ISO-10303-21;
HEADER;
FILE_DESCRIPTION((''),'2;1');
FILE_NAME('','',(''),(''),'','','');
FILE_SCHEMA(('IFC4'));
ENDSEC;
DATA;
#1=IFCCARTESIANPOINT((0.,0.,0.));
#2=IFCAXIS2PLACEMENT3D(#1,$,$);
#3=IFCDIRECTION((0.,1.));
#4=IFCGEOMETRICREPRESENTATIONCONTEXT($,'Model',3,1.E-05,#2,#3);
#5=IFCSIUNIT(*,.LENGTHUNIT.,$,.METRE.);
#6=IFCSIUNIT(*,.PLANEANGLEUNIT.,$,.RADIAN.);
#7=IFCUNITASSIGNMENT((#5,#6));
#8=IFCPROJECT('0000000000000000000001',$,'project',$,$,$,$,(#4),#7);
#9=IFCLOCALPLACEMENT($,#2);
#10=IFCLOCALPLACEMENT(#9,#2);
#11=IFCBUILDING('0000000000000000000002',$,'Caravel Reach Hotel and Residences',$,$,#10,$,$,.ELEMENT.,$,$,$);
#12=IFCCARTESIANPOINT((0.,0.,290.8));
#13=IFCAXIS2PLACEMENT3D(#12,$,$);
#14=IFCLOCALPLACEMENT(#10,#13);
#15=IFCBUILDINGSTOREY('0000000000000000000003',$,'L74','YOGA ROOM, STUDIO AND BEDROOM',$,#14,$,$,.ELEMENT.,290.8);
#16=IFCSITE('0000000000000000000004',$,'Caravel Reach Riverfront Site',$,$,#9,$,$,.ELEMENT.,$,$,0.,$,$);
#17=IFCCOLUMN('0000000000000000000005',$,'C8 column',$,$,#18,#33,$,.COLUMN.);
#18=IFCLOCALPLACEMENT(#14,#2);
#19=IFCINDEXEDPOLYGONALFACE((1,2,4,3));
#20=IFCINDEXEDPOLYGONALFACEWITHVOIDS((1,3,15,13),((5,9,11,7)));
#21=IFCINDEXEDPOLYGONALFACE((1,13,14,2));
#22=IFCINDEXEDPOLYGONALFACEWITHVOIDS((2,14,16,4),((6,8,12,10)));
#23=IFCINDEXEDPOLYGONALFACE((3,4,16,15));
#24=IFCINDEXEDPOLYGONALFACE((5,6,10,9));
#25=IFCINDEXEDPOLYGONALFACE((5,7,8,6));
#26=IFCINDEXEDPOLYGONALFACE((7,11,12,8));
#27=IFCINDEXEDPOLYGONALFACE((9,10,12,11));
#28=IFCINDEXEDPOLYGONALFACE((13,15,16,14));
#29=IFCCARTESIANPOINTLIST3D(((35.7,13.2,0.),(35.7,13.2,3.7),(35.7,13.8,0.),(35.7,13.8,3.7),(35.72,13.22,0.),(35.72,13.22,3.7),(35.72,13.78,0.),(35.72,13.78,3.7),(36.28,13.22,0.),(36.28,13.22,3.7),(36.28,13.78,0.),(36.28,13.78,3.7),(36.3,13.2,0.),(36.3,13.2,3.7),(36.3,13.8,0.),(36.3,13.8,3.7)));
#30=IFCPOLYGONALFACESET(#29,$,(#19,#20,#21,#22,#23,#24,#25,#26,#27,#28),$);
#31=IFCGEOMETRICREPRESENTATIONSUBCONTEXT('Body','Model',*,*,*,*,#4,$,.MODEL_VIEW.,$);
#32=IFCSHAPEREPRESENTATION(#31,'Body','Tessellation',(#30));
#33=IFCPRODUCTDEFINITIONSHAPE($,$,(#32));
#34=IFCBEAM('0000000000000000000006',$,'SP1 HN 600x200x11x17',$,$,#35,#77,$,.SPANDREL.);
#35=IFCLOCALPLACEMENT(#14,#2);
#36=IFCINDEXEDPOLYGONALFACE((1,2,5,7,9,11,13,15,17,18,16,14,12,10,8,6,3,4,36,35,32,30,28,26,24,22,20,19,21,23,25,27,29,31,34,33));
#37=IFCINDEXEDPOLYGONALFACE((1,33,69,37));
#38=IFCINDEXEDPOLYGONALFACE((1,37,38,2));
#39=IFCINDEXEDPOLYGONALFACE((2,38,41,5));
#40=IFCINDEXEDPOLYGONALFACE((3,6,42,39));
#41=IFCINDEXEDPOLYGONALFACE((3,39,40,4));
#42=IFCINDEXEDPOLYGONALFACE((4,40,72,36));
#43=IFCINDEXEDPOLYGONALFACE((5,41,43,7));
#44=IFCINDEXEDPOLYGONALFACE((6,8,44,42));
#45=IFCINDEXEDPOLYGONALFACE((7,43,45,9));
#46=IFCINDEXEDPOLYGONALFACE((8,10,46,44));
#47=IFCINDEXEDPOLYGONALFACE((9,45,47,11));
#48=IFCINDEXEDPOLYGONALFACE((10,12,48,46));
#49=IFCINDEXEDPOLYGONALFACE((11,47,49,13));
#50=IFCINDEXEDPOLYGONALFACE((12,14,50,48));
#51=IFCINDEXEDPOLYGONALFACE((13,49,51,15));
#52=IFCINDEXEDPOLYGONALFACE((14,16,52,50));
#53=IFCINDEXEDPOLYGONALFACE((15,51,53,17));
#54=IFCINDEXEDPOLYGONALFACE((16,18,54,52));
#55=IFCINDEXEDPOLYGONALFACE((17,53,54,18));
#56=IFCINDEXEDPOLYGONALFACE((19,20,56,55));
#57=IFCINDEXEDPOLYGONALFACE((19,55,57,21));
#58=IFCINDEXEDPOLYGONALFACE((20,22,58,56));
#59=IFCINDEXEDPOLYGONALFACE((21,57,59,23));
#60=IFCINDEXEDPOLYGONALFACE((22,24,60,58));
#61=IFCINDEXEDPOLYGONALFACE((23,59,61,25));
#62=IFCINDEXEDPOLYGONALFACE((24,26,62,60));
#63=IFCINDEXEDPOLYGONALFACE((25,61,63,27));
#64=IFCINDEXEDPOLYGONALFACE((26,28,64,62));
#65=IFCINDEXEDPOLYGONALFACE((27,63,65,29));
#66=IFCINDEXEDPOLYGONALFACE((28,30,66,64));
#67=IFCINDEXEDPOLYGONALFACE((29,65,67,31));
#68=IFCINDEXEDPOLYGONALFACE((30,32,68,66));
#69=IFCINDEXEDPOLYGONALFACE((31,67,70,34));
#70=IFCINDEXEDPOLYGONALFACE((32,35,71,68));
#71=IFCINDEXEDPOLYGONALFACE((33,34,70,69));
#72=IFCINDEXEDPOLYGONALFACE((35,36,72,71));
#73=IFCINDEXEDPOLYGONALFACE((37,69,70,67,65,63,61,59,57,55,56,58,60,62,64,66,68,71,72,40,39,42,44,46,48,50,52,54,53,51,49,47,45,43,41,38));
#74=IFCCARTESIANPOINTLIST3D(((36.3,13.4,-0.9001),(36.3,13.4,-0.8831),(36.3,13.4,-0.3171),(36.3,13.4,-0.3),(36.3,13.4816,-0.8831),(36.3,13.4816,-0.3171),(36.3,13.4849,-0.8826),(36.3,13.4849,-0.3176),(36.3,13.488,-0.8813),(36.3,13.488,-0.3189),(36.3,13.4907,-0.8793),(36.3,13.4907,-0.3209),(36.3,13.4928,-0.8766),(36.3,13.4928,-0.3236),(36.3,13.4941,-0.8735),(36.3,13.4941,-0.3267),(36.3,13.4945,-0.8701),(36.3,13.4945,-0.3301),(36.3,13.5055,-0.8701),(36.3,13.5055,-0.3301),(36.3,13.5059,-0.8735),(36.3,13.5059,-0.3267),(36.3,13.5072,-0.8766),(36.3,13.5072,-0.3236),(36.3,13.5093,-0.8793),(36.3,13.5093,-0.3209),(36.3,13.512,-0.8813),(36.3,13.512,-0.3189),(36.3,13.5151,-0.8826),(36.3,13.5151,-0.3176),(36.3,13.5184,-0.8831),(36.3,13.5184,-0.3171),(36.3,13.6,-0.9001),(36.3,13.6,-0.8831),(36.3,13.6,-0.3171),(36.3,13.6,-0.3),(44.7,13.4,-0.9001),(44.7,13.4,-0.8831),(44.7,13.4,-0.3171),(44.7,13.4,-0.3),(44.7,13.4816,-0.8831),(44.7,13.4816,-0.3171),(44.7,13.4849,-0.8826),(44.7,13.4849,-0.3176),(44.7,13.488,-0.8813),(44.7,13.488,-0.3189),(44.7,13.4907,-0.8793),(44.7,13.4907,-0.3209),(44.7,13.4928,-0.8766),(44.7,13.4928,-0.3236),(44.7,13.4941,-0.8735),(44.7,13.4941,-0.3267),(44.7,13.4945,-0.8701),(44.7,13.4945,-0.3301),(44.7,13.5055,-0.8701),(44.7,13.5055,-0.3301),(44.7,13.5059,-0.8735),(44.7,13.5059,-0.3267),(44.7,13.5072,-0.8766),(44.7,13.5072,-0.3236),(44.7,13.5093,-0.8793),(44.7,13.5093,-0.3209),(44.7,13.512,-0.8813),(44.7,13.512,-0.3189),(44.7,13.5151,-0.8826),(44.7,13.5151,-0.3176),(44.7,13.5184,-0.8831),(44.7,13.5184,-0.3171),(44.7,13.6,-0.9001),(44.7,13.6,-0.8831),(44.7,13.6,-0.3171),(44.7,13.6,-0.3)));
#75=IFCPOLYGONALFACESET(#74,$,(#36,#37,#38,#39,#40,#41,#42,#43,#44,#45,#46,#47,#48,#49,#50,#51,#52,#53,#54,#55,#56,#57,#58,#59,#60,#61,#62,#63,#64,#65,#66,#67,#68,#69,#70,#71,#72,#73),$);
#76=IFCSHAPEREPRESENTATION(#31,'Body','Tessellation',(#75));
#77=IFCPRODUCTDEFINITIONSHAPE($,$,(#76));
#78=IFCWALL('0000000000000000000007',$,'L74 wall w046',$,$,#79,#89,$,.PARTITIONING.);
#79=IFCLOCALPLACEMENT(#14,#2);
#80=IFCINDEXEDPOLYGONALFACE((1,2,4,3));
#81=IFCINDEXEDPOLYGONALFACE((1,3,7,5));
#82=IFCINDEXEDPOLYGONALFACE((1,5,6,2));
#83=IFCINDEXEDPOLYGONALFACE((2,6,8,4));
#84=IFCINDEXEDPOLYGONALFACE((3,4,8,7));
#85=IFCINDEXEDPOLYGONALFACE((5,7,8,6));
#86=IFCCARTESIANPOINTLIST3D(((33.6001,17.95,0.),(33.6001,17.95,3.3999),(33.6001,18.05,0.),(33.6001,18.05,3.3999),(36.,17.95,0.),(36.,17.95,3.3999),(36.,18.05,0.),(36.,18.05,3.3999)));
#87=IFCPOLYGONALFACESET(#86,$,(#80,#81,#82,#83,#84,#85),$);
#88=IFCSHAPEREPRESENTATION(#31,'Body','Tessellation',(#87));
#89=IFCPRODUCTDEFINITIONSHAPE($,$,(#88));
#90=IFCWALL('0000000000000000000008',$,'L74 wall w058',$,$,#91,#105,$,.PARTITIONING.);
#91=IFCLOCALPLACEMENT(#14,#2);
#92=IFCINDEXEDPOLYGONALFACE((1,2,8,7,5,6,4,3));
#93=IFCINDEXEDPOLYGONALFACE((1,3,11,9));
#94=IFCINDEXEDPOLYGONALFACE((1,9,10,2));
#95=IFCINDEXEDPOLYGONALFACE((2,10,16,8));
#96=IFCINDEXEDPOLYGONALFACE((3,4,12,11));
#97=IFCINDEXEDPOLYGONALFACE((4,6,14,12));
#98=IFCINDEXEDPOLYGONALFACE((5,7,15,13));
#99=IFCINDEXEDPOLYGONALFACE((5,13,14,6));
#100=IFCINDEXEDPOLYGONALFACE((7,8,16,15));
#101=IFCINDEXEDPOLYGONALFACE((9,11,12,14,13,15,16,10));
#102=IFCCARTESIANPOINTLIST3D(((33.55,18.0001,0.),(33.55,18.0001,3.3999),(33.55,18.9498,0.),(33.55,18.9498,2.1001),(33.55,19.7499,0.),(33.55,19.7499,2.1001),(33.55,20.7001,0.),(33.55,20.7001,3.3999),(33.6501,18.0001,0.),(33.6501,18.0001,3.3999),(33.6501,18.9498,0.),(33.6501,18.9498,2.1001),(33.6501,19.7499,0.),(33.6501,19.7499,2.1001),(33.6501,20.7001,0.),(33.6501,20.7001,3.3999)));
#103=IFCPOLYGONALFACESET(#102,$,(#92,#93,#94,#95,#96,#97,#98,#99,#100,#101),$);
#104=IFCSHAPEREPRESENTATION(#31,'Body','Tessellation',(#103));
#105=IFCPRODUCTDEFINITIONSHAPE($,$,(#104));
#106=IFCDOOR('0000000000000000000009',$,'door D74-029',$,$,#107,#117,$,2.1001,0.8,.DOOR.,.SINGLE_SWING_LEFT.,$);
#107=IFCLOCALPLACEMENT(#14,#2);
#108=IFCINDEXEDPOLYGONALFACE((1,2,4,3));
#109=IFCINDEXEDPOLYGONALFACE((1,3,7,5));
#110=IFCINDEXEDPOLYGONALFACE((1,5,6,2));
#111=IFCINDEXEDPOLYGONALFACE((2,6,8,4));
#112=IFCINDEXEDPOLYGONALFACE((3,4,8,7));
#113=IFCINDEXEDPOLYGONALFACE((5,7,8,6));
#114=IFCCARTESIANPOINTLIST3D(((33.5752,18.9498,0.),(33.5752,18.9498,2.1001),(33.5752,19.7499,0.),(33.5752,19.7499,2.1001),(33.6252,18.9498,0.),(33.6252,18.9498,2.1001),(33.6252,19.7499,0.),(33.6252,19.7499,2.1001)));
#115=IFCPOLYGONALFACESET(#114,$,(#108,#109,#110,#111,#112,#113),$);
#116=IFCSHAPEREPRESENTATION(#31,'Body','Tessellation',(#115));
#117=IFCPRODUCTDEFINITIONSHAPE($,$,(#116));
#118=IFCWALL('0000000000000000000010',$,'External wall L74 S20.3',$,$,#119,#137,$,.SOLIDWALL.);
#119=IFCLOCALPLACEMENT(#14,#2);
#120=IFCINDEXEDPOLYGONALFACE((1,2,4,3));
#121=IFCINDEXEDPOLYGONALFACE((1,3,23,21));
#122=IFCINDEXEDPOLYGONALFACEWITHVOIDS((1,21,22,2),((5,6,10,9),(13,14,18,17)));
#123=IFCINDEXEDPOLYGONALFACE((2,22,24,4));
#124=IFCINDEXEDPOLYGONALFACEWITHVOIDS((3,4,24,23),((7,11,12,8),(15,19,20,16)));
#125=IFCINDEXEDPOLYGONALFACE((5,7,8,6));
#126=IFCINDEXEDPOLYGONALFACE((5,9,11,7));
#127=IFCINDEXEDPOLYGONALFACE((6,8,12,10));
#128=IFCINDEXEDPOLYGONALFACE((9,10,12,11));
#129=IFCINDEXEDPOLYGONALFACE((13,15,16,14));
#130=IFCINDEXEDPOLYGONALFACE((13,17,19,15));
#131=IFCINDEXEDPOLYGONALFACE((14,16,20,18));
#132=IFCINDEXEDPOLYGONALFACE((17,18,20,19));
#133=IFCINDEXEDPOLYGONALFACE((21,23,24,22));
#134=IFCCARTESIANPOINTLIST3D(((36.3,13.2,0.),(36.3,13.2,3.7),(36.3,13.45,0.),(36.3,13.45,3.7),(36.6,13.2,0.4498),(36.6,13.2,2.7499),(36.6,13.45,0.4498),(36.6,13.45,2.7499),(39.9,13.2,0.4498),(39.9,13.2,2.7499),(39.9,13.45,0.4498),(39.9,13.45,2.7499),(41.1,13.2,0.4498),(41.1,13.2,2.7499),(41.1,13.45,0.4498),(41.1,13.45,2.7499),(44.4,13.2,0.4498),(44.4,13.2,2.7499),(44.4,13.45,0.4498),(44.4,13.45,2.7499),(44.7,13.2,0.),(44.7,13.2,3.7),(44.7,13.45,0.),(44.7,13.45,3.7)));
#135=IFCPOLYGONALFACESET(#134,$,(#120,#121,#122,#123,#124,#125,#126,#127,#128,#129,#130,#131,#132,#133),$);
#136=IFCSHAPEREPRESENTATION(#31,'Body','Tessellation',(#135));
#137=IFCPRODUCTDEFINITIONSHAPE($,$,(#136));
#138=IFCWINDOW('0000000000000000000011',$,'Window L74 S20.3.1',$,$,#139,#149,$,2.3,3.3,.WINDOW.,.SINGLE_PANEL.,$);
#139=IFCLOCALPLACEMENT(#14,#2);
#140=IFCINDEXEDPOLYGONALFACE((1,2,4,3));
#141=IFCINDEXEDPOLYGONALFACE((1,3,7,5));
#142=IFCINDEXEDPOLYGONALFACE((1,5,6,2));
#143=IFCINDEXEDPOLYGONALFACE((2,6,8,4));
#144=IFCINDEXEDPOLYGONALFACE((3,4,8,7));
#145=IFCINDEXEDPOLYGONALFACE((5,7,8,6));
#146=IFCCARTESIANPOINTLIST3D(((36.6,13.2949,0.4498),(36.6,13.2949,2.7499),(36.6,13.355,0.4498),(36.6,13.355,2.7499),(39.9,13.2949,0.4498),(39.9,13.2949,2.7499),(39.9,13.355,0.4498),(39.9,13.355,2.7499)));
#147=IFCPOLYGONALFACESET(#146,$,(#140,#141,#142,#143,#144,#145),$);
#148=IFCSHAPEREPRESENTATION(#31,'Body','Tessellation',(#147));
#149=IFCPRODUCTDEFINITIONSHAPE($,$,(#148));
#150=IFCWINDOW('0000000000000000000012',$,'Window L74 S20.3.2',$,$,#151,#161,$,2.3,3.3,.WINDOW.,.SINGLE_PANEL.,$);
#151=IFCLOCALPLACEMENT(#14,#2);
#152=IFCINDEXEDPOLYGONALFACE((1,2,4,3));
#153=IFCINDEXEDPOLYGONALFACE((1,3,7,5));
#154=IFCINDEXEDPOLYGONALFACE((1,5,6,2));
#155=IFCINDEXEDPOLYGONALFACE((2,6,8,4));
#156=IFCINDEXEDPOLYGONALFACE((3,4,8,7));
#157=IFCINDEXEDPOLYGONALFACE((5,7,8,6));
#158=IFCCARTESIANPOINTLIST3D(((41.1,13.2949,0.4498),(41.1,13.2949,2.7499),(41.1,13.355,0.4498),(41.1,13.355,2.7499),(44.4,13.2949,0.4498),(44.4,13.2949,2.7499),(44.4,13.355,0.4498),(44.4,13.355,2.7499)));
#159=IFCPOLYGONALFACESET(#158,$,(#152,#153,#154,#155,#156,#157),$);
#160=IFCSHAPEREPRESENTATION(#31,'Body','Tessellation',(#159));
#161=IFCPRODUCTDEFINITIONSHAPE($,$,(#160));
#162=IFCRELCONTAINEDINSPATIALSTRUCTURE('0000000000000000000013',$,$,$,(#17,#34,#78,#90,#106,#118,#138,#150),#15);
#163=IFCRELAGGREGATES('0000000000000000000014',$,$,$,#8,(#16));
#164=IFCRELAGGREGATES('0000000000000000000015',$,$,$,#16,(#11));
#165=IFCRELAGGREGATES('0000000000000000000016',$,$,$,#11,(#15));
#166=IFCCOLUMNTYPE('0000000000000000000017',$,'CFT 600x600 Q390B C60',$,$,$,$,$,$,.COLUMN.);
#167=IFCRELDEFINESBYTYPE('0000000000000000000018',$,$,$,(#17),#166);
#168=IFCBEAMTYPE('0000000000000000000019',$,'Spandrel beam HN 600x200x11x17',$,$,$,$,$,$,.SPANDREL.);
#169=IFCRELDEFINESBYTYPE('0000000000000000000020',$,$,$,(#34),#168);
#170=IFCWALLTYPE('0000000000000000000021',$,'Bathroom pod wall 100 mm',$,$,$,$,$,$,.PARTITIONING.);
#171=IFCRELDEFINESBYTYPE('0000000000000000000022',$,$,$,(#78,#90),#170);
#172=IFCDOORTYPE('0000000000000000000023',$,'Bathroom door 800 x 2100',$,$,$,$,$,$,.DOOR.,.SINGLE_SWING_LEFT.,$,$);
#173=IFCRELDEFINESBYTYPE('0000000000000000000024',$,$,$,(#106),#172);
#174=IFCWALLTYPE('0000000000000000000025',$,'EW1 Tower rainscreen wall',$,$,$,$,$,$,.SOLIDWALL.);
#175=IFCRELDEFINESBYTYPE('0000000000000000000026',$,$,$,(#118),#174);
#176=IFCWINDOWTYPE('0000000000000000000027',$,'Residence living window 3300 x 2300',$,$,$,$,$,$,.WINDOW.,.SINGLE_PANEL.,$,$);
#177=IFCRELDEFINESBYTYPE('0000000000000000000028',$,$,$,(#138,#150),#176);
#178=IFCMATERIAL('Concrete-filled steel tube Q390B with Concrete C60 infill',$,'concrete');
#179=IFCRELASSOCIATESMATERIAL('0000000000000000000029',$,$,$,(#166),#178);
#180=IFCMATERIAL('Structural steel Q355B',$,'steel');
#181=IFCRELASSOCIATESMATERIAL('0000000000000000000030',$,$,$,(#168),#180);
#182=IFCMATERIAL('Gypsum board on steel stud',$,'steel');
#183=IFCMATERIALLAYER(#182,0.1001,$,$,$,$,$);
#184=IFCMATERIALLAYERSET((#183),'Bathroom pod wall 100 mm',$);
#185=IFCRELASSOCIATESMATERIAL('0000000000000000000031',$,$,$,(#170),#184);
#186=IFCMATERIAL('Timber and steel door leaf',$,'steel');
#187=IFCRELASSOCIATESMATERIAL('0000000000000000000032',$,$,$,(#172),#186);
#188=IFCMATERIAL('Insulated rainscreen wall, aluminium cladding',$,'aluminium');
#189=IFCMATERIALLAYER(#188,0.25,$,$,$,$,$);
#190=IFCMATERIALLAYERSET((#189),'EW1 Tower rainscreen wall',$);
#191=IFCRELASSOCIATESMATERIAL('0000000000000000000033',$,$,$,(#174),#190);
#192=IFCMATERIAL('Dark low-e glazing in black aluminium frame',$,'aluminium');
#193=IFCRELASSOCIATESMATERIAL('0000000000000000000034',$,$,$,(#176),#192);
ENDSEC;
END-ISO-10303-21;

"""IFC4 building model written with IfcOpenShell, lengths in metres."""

from ifc_helpers import new_model, si_unit, direction, frame, frame_2d, origin, origin_2d, place, context, subcontext, project, spatial, rectangle, hollow_rectangle, i_section, extrude, material, layer, layer_set, material_profile, profile_set, type_object, element, fill, save


model = new_model("IFC4")

# Units and contexts
model_context = context("Model", 3, precision=1e-05, world=origin(), true_north=direction((0.0, 1.0)))
body_context = subcontext(model_context, "Body", "Model", "MODEL_VIEW")
ifc_project = project(units=[si_unit("LENGTHUNIT", "METRE"), si_unit("PLANEANGLEUNIT", "RADIAN")], contexts=[model_context])

# Site, building, storey
site_placement = place(None, origin())
site = spatial("IfcSite", under=ifc_project, at=site_placement, Name="Caravel Reach Riverfront Site", CompositionType="ELEMENT", RefElevation=0.0)
building_placement = place(site_placement, origin())
building = spatial("IfcBuilding", under=site, at=building_placement, Name="Caravel Reach Hotel and Residences", CompositionType="ELEMENT")
storey_placement = place(building_placement, frame((0.0, 0.0, 290.8)))
storey = spatial("IfcBuildingStorey", under=building, at=storey_placement, Name="L74", Description="YOGA ROOM, STUDIO AND BEDROOM", CompositionType="ELEMENT", Elevation=290.8)

# Column
ifc_material_1 = material(Name="Concrete-filled steel tube Q390B with Concrete C60 infill", Category="concrete")
ifc_material_profile_1 = material_profile(ifc_material_1, hollow_rectangle(XDim=0.6001, YDim=0.6001, WallThickness=0.02, at=origin_2d()), Name="RHS 600x600x20")
ifc_profile_set_1 = profile_set([ifc_material_profile_1], Name="Concrete-filled steel tube Q390B with Concrete C60 infill")
column_type = type_object("IfcColumnType", Name="CFT 600x600 Q390B C60", PredefinedType="COLUMN", material=ifc_profile_set_1)
column_placement = place(storey_placement, frame((36.0, 13.5, 0.0), z_axis=(0.0, 0.0, 1.0), x_axis=(1.0, 0.0, 0.0)))
element("IfcColumn", 1, at=column_placement, inside=storey, type_object=column_type, Name="C8 column", PredefinedType="COLUMN", context=body_context, shape_type="SweptSolid", body=[
    extrude(hollow_rectangle(XDim=0.6001, YDim=0.6001, WallThickness=0.02, at=origin_2d()), origin(), (0.0, 0.0, 1.0), 3.7),
])

# Beam
ifc_material_2 = material(Name="Structural steel Q355B", Category="steel")
ifc_material_profile_2 = material_profile(ifc_material_2, i_section(OverallWidth=0.2, OverallDepth=0.6001, WebThickness=0.011, FlangeThickness=0.0171, FilletRadius=0.0129, at=origin_2d()), Name="HN 600x200x11x17")
ifc_profile_set_2 = profile_set([ifc_material_profile_2], Name="Structural steel Q355B")
beam_type = type_object("IfcBeamType", Name="Spandrel beam HN 600x200x11x17", PredefinedType="SPANDREL", material=ifc_profile_set_2)
beam_placement = place(storey_placement, frame((36.3, 13.5, -0.6001), z_axis=(1.0, 0.0, 0.0), x_axis=(0.0, 1.0, 0.0)))
element("IfcBeam", 2, at=beam_placement, inside=storey, type_object=beam_type, Name="SP1 HN 600x200x11x17", PredefinedType="SPANDREL", context=body_context, shape_type="SweptSolid", body=[
    extrude(i_section(OverallWidth=0.2, OverallDepth=0.6001, WebThickness=0.011, FlangeThickness=0.0171, FilletRadius=0.0129, at=origin_2d()), origin(), (0.0, 0.0, 1.0), 8.3999),
])

# Wall
ifc_material_3 = material(Name="Gypsum board on steel stud", Category="steel")
ifc_layer_1 = layer(ifc_material_3, 0.1001)
ifc_layer_set_1 = layer_set([ifc_layer_1], Name="Bathroom pod wall 100 mm")
wall_type_1 = type_object("IfcWallType", Name="Bathroom pod wall 100 mm", PredefinedType="PARTITIONING", material=ifc_layer_set_1)
wall_1_placement = place(storey_placement, frame((33.6001, 18.0, 0.0), z_axis=(0.0, 0.0, 1.0), x_axis=(1.0, 0.0, 0.0)))
element("IfcWall", 3, at=wall_1_placement, inside=storey, type_object=wall_type_1, Name="L74 wall w046", PredefinedType="PARTITIONING", context=body_context, shape_type="SweptSolid", body=[
    extrude(rectangle(XDim=2.3999, YDim=0.1001, at=frame_2d((1.2, 0.0))), origin(), (0.0, 0.0, 1.0), 3.3999),
])

# Wall, opening, door
wall_2_placement = place(storey_placement, frame((33.6001, 18.0, 0.0), z_axis=(0.0, 0.0, 1.0), x_axis=(0.0, 1.0, 0.0)))
wall_2 = element("IfcWall", 4, at=wall_2_placement, inside=storey, type_object=wall_type_1, Name="L74 wall w058", PredefinedType="PARTITIONING", context=body_context, shape_type="SweptSolid", body=[
    extrude(rectangle(XDim=2.7, YDim=0.1001, at=frame_2d((1.3501, 0.0))), origin(), (0.0, 0.0, 1.0), 3.3999),
])
opening_1_placement = place(wall_2_placement, frame((0.95, 0.0, 0.0)))
opening_1 = element("IfcOpeningElement", 5, at=opening_1_placement, cuts=wall_2, PredefinedType="OPENING", context=body_context, shape_type="SweptSolid", body=[
    extrude(rectangle(XDim=0.8, YDim=2.1001, at=frame_2d((0.3999, 1.05))), frame((0.0, 0.0601, 0.0), z_axis=(0.0, -1.0, 0.0), x_axis=(1.0, 0.0, 0.0)), (0.0, 0.0, 1.0), 0.1201),
])
ifc_material_4 = material(Name="Timber and steel door leaf", Category="steel")
door_type_1 = type_object("IfcDoorType", Name="Bathroom door 800 x 2100", OperationType="SINGLE_SWING_LEFT", PredefinedType="DOOR", material=ifc_material_4)
door_1_placement = place(opening_1_placement, origin())
door_1 = element("IfcDoor", 6, at=door_1_placement, inside=storey, type_object=door_type_1, Name="door D74-029", OperationType="SINGLE_SWING_LEFT", OverallHeight=2.1001, OverallWidth=0.8, PredefinedType="DOOR", context=body_context, shape_type="SweptSolid", body=[
    extrude(rectangle(XDim=0.8, YDim=2.1001, at=frame_2d((0.3999, 1.05))), frame((0.0, 0.0249, 0.0), z_axis=(0.0, -1.0, 0.0), x_axis=(1.0, 0.0, 0.0)), (0.0, 0.0, 1.0), 0.05),
])
fill(opening_1, door_1)

# Wall, openings, windows
ifc_material_5 = material(Name="Insulated rainscreen wall, aluminium cladding", Category="aluminium")
ifc_layer_2 = layer(ifc_material_5, 0.25)
ifc_layer_set_2 = layer_set([ifc_layer_2], Name="EW1 Tower rainscreen wall")
wall_type_2 = type_object("IfcWallType", Name="EW1 Tower rainscreen wall", PredefinedType="SOLIDWALL", material=ifc_layer_set_2)
wall_3_placement = place(storey_placement, frame((36.3, 13.325, 0.0), z_axis=(0.0, 0.0, 1.0), x_axis=(1.0, 0.0, 0.0)))
wall_3 = element("IfcWall", 7, at=wall_3_placement, inside=storey, type_object=wall_type_2, Name="External wall L74 S20.3", PredefinedType="SOLIDWALL", context=body_context, shape_type="SweptSolid", body=[
    extrude(rectangle(XDim=8.3999, YDim=0.25, at=frame_2d((4.2, 0.0))), origin(), (0.0, 0.0, 1.0), 3.7),
])
opening_2_placement = place(wall_3_placement, frame((0.3, 0.0, 0.45)))
opening_2 = element("IfcOpeningElement", 8, at=opening_2_placement, cuts=wall_3, PredefinedType="OPENING", context=body_context, shape_type="SweptSolid", body=[
    extrude(rectangle(XDim=3.3, YDim=2.3, at=frame_2d((1.6499, 1.1499))), frame((0.0, 0.135, 0.0), z_axis=(0.0, -1.0, 0.0), x_axis=(1.0, 0.0, 0.0)), (0.0, 0.0, 1.0), 0.27),
])
opening_3_placement = place(wall_3_placement, frame((4.8, 0.0, 0.45)))
opening_3 = element("IfcOpeningElement", 9, at=opening_3_placement, cuts=wall_3, PredefinedType="OPENING", context=body_context, shape_type="SweptSolid", body=[
    extrude(rectangle(XDim=3.3, YDim=2.3, at=frame_2d((1.6499, 1.1499))), frame((0.0, 0.135, 0.0), z_axis=(0.0, -1.0, 0.0), x_axis=(1.0, 0.0, 0.0)), (0.0, 0.0, 1.0), 0.27),
])
ifc_material_6 = material(Name="Dark low-e glazing in black aluminium frame", Category="aluminium")
window_type = type_object("IfcWindowType", Name="Residence living window 3300 x 2300", PartitioningType="SINGLE_PANEL", PredefinedType="WINDOW", material=ifc_material_6)
window_1_placement = place(opening_2_placement, origin())
window_1 = element("IfcWindow", 10, at=window_1_placement, inside=storey, type_object=window_type, Name="Window L74 S20.3.1", OverallHeight=2.3, OverallWidth=3.3, PartitioningType="SINGLE_PANEL", PredefinedType="WINDOW", context=body_context, shape_type="SweptSolid", body=[
    extrude(rectangle(XDim=3.3, YDim=2.3, at=frame_2d((1.6499, 1.1499))), frame((0.0, 0.03, 0.0), z_axis=(0.0, -1.0, 0.0), x_axis=(1.0, 0.0, 0.0)), (0.0, 0.0, 1.0), 0.0601),
])
fill(opening_2, window_1)
window_2_placement = place(opening_3_placement, origin())
window_2 = element("IfcWindow", 11, at=window_2_placement, inside=storey, type_object=window_type, Name="Window L74 S20.3.2", OverallHeight=2.3, OverallWidth=3.3, PartitioningType="SINGLE_PANEL", PredefinedType="WINDOW", context=body_context, shape_type="SweptSolid", body=[
    extrude(rectangle(XDim=3.3, YDim=2.3, at=frame_2d((1.6499, 1.1499))), frame((0.0, 0.03, 0.0), z_axis=(0.0, -1.0, 0.0), x_axis=(1.0, 0.0, 0.0)), (0.0, 0.0, 1.0), 0.0601),
])
fill(opening_3, window_2)

save(model, "model.ifc")
